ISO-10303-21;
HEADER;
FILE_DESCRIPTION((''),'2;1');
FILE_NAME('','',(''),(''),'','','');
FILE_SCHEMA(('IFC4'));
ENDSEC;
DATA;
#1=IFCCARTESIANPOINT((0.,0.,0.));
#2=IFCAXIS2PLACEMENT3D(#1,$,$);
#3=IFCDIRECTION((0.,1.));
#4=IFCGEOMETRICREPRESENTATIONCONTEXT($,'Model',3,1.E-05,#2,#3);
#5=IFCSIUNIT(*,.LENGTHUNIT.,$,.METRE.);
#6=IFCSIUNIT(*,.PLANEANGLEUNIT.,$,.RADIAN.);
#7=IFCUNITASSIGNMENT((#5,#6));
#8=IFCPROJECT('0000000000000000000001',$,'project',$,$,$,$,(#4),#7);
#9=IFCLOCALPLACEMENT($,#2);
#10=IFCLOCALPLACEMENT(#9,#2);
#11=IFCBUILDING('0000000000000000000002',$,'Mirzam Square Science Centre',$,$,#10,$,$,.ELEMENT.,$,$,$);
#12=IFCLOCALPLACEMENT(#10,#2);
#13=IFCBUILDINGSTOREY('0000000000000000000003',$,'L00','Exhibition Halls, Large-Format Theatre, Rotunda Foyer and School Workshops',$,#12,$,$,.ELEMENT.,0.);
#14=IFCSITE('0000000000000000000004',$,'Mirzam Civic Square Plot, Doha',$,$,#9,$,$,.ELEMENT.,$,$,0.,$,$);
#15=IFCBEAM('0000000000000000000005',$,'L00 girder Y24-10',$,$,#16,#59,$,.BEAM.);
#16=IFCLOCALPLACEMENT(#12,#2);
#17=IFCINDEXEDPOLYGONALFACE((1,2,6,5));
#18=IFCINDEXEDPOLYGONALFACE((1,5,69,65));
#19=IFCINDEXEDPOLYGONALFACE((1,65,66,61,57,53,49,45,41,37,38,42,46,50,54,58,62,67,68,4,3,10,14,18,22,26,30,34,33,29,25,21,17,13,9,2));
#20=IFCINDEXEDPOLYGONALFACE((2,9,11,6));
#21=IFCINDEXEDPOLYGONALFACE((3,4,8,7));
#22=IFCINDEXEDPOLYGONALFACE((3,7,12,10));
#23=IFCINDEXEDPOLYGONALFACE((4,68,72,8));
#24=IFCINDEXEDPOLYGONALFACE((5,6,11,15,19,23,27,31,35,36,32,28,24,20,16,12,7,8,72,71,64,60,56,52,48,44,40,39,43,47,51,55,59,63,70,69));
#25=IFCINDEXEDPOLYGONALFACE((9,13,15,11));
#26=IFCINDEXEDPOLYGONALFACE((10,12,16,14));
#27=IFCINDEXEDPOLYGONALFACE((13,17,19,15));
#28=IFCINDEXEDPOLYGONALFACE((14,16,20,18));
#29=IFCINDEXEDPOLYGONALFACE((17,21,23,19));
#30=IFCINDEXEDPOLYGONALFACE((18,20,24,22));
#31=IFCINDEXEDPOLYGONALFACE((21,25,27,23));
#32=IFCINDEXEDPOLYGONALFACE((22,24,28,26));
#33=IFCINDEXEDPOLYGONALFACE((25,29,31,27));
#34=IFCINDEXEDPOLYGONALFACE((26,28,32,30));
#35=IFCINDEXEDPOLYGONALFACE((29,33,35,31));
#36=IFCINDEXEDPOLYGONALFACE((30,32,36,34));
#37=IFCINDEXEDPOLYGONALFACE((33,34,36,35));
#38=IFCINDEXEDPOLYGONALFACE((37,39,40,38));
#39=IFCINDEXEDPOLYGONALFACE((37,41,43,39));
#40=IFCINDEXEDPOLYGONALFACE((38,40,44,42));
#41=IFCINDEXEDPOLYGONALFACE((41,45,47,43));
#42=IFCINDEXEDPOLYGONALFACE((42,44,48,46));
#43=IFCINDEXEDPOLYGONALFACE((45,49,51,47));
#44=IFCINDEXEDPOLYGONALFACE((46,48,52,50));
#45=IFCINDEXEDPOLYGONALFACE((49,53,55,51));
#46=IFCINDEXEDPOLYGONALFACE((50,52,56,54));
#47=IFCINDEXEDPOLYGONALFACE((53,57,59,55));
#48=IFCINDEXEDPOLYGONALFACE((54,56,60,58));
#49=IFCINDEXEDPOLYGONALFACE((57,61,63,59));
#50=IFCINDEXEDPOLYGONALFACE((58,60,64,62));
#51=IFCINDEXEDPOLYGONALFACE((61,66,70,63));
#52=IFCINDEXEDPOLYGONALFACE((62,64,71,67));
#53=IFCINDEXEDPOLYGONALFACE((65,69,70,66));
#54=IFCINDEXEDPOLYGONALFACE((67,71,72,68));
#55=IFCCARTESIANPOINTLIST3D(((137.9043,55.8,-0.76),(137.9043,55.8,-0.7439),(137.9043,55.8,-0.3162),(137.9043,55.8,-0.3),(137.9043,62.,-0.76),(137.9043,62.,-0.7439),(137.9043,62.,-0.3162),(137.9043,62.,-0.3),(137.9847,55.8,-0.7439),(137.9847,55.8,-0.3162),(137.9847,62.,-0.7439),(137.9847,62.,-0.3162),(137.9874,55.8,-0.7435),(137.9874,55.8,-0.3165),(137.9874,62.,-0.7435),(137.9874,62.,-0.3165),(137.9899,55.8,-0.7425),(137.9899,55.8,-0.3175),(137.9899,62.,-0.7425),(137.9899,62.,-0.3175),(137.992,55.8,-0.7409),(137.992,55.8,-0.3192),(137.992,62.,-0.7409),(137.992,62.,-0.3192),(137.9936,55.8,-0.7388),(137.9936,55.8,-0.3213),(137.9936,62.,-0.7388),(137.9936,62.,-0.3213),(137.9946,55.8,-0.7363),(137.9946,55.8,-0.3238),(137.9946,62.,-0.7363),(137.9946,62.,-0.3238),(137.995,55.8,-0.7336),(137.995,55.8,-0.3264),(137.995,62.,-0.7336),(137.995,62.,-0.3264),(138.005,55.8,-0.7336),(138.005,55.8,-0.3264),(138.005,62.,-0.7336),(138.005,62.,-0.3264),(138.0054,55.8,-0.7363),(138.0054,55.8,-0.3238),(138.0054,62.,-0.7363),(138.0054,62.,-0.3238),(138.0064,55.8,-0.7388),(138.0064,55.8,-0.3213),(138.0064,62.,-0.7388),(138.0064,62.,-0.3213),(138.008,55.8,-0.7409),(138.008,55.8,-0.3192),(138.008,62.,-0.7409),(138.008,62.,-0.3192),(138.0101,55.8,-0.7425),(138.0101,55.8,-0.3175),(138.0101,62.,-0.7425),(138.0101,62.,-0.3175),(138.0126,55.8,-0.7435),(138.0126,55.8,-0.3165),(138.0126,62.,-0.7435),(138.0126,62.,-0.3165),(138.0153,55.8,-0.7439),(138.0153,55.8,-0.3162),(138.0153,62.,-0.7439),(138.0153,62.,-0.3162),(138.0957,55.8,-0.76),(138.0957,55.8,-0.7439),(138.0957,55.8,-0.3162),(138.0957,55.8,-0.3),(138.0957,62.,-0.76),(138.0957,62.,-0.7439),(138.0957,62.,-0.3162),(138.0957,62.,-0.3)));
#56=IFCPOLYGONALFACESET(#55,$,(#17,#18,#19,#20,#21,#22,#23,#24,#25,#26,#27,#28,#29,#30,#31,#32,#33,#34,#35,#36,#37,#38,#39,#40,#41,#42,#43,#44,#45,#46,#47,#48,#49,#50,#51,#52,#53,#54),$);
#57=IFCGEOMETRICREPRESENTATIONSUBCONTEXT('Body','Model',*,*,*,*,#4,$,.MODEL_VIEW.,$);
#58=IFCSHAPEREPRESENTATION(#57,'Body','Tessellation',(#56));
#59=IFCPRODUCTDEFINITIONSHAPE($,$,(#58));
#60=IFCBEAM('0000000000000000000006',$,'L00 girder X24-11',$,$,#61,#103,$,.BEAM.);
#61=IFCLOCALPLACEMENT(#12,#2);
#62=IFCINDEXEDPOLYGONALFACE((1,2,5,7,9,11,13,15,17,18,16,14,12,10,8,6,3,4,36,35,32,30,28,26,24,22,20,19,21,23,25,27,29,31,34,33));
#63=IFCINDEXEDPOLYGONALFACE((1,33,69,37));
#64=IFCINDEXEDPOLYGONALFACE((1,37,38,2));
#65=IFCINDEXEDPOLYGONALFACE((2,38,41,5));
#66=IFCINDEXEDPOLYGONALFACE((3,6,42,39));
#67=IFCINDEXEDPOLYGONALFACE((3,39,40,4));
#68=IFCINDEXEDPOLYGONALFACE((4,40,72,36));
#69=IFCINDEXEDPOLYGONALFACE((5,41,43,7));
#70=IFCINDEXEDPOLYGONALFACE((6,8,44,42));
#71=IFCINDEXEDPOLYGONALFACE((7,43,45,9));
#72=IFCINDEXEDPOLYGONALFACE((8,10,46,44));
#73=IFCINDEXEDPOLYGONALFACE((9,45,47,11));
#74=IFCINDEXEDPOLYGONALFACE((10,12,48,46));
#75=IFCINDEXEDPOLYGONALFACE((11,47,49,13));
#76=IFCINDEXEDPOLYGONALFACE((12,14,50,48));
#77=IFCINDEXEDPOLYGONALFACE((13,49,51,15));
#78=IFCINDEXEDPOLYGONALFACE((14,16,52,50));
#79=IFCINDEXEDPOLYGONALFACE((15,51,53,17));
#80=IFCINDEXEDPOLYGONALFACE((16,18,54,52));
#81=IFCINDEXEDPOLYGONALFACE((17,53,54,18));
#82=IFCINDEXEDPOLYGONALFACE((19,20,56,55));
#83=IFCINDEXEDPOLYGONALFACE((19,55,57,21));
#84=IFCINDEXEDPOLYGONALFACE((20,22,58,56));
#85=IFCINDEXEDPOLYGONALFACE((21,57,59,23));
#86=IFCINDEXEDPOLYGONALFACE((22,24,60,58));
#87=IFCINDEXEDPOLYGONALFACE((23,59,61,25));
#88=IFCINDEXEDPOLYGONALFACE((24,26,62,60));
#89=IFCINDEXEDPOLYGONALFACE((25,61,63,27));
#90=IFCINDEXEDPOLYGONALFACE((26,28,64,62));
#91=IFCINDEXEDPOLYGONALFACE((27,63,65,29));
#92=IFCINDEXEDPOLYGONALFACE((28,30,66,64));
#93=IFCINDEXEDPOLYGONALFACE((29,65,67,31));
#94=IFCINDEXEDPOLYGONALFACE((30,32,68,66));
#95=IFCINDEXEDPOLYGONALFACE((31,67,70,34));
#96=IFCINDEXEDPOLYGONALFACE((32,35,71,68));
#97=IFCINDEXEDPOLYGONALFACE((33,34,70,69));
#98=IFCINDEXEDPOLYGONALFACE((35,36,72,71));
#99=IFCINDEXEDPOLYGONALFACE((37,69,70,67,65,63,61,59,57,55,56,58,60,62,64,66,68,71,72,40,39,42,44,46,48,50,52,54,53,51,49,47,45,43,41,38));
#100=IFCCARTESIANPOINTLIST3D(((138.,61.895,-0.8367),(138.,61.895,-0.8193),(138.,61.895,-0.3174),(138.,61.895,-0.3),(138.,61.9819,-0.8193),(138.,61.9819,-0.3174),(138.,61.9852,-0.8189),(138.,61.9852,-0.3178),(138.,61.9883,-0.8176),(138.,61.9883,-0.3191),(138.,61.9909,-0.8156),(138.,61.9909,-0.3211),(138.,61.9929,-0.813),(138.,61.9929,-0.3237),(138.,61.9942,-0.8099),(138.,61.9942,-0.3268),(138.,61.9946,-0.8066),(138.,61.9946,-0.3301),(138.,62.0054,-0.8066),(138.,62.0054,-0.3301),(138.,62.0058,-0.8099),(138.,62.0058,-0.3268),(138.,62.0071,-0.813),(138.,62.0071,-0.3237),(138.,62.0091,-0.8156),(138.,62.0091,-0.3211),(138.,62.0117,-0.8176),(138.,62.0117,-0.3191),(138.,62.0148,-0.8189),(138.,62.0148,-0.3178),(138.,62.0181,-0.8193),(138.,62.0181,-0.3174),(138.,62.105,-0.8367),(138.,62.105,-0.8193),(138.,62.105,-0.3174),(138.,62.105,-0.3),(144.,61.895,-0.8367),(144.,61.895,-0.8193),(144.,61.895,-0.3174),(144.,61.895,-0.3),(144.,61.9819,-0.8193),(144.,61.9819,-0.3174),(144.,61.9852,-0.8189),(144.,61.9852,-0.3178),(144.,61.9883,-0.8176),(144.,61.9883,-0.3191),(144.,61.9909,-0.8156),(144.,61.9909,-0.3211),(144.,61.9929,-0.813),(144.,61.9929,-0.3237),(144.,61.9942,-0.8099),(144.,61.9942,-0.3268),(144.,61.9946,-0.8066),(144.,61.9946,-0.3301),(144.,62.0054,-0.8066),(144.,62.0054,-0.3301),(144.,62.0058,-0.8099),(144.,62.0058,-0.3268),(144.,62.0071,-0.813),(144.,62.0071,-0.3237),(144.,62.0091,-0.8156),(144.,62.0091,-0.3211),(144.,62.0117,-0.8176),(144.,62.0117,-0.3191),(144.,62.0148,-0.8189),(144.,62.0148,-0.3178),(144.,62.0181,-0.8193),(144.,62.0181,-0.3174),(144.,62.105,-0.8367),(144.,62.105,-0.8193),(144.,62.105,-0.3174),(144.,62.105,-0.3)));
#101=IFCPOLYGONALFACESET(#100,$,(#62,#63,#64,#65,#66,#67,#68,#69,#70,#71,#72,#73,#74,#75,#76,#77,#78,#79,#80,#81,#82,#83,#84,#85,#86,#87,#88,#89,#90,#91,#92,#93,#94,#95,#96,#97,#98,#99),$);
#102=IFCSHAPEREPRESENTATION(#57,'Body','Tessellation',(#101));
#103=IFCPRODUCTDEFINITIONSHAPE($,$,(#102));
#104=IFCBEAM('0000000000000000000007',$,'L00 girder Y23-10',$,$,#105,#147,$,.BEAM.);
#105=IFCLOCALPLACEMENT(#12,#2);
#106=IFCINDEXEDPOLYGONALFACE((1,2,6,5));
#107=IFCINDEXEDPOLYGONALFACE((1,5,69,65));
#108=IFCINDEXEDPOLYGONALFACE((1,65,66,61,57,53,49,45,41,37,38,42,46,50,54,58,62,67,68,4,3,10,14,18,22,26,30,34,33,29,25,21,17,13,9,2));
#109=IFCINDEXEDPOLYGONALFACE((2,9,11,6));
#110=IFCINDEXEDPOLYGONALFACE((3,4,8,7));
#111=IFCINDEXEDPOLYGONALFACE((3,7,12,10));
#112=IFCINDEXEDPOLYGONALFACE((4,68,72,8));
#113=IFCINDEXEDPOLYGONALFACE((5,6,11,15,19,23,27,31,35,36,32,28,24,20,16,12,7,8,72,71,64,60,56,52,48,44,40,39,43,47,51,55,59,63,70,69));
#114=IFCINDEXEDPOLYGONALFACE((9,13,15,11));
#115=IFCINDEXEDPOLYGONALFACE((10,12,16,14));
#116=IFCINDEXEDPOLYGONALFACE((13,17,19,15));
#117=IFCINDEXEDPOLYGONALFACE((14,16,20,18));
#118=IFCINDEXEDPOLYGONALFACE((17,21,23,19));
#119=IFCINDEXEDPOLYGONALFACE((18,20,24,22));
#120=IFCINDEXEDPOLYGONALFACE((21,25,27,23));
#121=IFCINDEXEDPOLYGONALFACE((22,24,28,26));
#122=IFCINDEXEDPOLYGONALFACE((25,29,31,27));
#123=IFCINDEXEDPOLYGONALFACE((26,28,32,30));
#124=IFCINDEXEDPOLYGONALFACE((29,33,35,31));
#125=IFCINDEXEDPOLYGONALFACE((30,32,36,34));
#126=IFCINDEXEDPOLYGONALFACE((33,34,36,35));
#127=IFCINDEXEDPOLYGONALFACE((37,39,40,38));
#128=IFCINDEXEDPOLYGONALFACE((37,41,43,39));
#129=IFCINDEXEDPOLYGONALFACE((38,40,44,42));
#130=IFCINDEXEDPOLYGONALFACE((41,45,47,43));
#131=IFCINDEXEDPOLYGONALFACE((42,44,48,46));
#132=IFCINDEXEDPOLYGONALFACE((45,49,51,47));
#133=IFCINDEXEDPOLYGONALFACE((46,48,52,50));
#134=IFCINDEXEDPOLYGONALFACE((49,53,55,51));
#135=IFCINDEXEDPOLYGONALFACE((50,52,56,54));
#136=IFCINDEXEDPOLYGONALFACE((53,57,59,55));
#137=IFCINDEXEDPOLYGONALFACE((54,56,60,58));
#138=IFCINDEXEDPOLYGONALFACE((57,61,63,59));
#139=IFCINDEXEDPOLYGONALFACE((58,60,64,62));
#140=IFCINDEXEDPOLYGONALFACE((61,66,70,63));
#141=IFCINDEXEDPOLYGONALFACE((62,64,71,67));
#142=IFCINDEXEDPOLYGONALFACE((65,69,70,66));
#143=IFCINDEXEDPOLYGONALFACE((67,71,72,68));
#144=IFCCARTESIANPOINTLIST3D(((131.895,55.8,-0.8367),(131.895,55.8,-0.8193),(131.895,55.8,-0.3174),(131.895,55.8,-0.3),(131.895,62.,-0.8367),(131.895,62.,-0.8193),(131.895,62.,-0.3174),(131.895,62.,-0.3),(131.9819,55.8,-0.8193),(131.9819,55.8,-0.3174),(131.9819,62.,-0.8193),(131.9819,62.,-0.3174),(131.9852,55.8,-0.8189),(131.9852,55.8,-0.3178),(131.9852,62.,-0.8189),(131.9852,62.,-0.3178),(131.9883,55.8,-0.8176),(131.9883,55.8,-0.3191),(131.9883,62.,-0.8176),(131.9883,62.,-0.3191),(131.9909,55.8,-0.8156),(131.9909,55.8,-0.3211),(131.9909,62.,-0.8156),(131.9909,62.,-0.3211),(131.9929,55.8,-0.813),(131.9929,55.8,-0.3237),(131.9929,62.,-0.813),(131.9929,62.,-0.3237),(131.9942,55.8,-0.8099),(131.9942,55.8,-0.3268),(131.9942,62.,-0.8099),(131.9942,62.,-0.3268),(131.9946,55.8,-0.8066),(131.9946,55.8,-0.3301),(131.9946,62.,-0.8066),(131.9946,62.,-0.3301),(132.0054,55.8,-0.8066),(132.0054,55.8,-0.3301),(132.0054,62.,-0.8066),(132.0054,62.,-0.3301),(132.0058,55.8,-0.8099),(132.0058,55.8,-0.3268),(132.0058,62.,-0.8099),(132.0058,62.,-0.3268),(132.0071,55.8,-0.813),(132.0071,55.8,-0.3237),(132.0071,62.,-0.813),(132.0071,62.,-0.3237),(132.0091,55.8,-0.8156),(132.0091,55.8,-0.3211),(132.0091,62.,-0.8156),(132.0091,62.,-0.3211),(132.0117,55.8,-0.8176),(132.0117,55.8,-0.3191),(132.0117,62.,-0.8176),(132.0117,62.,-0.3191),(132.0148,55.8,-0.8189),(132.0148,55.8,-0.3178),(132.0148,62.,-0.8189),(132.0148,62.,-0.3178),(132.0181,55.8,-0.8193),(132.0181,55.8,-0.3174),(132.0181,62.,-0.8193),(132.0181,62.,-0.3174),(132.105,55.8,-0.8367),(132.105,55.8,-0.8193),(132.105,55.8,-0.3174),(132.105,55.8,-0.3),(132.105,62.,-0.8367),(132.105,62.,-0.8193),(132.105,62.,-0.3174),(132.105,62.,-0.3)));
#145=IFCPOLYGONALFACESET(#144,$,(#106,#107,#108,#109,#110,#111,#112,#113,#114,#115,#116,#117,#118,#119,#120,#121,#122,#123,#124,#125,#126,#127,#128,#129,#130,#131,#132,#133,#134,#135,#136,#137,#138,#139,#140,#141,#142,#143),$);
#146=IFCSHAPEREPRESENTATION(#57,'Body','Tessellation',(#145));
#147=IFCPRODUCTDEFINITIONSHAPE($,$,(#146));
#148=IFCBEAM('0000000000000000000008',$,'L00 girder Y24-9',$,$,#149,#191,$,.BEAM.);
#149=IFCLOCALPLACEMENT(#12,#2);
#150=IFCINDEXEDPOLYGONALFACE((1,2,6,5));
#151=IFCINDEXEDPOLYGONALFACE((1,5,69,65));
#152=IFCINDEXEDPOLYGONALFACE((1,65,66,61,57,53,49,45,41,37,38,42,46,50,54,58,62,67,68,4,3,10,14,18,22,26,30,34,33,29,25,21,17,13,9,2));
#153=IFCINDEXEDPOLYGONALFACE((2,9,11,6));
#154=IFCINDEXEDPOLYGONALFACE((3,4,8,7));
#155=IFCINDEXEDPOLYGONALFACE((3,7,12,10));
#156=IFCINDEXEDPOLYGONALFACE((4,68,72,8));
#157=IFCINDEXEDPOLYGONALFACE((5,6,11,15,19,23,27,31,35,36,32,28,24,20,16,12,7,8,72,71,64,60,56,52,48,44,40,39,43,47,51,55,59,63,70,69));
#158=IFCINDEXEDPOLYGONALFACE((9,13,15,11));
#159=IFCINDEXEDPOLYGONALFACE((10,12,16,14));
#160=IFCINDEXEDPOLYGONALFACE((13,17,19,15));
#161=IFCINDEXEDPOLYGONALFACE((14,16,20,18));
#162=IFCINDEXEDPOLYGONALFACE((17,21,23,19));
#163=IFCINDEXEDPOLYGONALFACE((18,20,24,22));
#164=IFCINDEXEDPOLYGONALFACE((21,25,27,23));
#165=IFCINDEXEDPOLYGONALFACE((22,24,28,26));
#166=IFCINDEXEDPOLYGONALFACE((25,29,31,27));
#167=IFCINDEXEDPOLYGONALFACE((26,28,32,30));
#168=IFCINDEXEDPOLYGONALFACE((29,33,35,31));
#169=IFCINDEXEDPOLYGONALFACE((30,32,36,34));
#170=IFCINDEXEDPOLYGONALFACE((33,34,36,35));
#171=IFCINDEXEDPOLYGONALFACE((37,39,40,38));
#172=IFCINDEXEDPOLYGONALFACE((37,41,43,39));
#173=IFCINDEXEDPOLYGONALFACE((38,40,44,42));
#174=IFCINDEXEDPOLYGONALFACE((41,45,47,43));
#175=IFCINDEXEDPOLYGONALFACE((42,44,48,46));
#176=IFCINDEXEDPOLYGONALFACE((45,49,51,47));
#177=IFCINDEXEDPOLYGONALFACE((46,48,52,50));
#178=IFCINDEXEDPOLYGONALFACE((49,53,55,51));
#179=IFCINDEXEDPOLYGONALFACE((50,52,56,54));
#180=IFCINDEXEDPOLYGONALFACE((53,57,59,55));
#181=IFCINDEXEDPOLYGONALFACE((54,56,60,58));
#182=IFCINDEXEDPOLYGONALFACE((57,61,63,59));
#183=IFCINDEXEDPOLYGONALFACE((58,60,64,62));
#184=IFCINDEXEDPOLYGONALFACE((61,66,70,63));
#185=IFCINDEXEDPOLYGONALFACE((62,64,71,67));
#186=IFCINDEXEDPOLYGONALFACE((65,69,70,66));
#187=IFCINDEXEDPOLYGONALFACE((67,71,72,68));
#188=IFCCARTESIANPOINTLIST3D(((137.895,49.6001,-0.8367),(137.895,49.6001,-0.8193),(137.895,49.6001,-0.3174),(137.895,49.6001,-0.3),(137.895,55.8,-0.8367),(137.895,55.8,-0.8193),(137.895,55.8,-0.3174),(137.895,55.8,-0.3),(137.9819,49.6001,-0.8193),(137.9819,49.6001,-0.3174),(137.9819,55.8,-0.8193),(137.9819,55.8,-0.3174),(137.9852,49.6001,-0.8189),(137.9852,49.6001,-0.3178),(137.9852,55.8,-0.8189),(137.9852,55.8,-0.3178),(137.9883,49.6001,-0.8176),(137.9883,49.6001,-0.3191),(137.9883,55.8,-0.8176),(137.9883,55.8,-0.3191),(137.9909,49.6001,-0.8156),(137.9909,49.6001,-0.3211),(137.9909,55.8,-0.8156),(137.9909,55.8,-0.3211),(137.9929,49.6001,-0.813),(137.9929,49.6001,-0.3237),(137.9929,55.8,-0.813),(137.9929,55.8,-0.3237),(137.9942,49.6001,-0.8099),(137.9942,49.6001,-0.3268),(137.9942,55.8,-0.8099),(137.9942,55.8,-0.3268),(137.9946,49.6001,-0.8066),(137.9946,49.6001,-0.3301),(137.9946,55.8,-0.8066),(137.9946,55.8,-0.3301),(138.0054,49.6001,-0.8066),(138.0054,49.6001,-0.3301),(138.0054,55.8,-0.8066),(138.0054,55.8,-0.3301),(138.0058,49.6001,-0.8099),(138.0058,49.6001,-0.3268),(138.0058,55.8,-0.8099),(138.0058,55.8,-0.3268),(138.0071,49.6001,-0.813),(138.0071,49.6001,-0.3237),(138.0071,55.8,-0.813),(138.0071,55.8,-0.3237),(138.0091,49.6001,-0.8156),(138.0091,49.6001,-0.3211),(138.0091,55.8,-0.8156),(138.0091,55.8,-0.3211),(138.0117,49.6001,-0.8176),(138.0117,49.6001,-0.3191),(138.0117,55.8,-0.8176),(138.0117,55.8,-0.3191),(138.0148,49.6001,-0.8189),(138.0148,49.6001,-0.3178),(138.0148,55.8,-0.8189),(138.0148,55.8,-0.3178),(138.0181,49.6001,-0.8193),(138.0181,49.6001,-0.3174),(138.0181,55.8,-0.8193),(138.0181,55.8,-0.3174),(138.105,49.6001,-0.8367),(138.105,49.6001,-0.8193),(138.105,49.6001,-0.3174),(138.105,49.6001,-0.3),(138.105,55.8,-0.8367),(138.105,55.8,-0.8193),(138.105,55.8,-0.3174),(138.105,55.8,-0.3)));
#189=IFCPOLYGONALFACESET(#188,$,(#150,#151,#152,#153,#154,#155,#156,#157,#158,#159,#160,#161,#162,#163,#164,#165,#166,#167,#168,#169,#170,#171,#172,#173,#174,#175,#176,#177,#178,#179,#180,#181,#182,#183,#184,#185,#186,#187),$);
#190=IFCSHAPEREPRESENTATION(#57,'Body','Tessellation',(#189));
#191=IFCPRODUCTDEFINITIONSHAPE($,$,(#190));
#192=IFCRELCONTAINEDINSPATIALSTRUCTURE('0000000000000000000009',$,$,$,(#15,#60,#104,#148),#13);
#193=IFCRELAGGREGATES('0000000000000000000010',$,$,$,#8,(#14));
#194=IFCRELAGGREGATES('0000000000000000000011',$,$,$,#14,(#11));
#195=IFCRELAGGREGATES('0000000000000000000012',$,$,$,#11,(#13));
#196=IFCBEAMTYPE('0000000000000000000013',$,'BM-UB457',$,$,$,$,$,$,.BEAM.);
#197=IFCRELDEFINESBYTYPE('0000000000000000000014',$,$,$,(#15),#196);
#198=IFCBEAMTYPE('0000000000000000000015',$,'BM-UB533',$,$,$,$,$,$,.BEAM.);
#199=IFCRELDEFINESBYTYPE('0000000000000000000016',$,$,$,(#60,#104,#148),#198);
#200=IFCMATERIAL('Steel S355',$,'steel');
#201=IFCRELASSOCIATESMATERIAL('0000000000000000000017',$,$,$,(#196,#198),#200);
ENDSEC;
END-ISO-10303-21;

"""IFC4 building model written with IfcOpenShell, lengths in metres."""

from ifc_helpers import new_model, si_unit, direction, frame, origin, origin_2d, place, context, subcontext, project, spatial, i_section, extrude, material, material_profile, profile_set, type_object, element, save


model = new_model("IFC4")

# Units and contexts
model_context = context("Model", 3, precision=1e-05, world=origin(), true_north=direction((0.0, 1.0)))
body_context = subcontext(model_context, "Body", "Model", "MODEL_VIEW")
ifc_project = project(units=[si_unit("LENGTHUNIT", "METRE"), si_unit("PLANEANGLEUNIT", "RADIAN")], contexts=[model_context])

# Site, building, storey
site_placement = place(None, origin())
site = spatial("IfcSite", under=ifc_project, at=site_placement, Name="Mirzam Civic Square Plot, Doha", CompositionType="ELEMENT", RefElevation=0.0)
building_placement = place(site_placement, origin())
building = spatial("IfcBuilding", under=site, at=building_placement, Name="Mirzam Square Science Centre", CompositionType="ELEMENT")
storey_placement = place(building_placement, origin())
storey = spatial("IfcBuildingStorey", under=building, at=storey_placement, Name="L00", Description="Exhibition Halls, Large-Format Theatre, Rotunda Foyer and School Workshops", CompositionType="ELEMENT", Elevation=0.0)

# Shared definitions
ifc_material_1 = material(Name="Steel S355", Category="steel")

# Beams
ifc_material_profile_1 = material_profile(ifc_material_1, i_section(OverallWidth=0.1914, OverallDepth=0.46, WebThickness=0.01, FlangeThickness=0.0161, FilletRadius=0.0103, at=origin_2d()), Name="457x191x82UB")
ifc_profile_set_1 = profile_set([ifc_material_profile_1], Name="Steel S355")
beam_type_1 = type_object("IfcBeamType", Name="BM-UB457", PredefinedType="BEAM", material=ifc_profile_set_1)
for number, where, z_axis, x_axis, name in (
    (1, (138.0, 55.8, -0.53), (0.0, 1.0, 0.0), (-1.0, 0.0, 0.0), "L00 girder Y24-10"),
):
    element("IfcBeam", number, at=place(storey_placement, frame(where, z_axis=z_axis, x_axis=x_axis)), inside=storey, type_object=beam_type_1, Name=name, PredefinedType="BEAM", context=body_context, shape_type="SweptSolid", body=[
        extrude(i_section(OverallWidth=0.1914, OverallDepth=0.46, WebThickness=0.01, FlangeThickness=0.0161, FilletRadius=0.0103, at=origin_2d()), origin(), (0.0, 0.0, 1.0), 6.2),
    ])
ifc_material_profile_2 = material_profile(ifc_material_1, i_section(OverallWidth=0.21, OverallDepth=0.5366, WebThickness=0.0107, FlangeThickness=0.0173, FilletRadius=0.0127, at=origin_2d()), Name="533x210x101UB")
ifc_profile_set_2 = profile_set([ifc_material_profile_2], Name="Steel S355")
beam_type_2 = type_object("IfcBeamType", Name="BM-UB533", PredefinedType="BEAM", material=ifc_profile_set_2)
beam_1_placement = place(storey_placement, frame((138.0, 62.0, -0.5684), z_axis=(1.0, 0.0, 0.0), x_axis=(0.0, 1.0, 0.0)))
element("IfcBeam", 2, at=beam_1_placement, inside=storey, type_object=beam_type_2, Name="L00 girder X24-11", PredefinedType="BEAM", context=body_context, shape_type="SweptSolid", body=[
    extrude(i_section(OverallWidth=0.21, OverallDepth=0.5366, WebThickness=0.0107, FlangeThickness=0.0173, FilletRadius=0.0127, at=origin_2d()), origin(), (0.0, 0.0, 1.0), 6.0),
])
for number, where, z_axis, x_axis, name in (
    (3, (132.0, 55.8, -0.5684), (0.0, 1.0, 0.0), (-1.0, 0.0, 0.0), "L00 girder Y23-10"),
    (4, (138.0, 49.6001, -0.5684), (0.0, 1.0, 0.0), (-1.0, 0.0, 0.0), "L00 girder Y24-9"),
):
    element("IfcBeam", number, at=place(storey_placement, frame(where, z_axis=z_axis, x_axis=x_axis)), inside=storey, type_object=beam_type_2, Name=name, PredefinedType="BEAM", context=body_context, shape_type="SweptSolid", body=[
        extrude(i_section(OverallWidth=0.21, OverallDepth=0.5366, WebThickness=0.0107, FlangeThickness=0.0173, FilletRadius=0.0127, at=origin_2d()), origin(), (0.0, 0.0, 1.0), 6.2),
    ])

save(model, "model.ifc")
